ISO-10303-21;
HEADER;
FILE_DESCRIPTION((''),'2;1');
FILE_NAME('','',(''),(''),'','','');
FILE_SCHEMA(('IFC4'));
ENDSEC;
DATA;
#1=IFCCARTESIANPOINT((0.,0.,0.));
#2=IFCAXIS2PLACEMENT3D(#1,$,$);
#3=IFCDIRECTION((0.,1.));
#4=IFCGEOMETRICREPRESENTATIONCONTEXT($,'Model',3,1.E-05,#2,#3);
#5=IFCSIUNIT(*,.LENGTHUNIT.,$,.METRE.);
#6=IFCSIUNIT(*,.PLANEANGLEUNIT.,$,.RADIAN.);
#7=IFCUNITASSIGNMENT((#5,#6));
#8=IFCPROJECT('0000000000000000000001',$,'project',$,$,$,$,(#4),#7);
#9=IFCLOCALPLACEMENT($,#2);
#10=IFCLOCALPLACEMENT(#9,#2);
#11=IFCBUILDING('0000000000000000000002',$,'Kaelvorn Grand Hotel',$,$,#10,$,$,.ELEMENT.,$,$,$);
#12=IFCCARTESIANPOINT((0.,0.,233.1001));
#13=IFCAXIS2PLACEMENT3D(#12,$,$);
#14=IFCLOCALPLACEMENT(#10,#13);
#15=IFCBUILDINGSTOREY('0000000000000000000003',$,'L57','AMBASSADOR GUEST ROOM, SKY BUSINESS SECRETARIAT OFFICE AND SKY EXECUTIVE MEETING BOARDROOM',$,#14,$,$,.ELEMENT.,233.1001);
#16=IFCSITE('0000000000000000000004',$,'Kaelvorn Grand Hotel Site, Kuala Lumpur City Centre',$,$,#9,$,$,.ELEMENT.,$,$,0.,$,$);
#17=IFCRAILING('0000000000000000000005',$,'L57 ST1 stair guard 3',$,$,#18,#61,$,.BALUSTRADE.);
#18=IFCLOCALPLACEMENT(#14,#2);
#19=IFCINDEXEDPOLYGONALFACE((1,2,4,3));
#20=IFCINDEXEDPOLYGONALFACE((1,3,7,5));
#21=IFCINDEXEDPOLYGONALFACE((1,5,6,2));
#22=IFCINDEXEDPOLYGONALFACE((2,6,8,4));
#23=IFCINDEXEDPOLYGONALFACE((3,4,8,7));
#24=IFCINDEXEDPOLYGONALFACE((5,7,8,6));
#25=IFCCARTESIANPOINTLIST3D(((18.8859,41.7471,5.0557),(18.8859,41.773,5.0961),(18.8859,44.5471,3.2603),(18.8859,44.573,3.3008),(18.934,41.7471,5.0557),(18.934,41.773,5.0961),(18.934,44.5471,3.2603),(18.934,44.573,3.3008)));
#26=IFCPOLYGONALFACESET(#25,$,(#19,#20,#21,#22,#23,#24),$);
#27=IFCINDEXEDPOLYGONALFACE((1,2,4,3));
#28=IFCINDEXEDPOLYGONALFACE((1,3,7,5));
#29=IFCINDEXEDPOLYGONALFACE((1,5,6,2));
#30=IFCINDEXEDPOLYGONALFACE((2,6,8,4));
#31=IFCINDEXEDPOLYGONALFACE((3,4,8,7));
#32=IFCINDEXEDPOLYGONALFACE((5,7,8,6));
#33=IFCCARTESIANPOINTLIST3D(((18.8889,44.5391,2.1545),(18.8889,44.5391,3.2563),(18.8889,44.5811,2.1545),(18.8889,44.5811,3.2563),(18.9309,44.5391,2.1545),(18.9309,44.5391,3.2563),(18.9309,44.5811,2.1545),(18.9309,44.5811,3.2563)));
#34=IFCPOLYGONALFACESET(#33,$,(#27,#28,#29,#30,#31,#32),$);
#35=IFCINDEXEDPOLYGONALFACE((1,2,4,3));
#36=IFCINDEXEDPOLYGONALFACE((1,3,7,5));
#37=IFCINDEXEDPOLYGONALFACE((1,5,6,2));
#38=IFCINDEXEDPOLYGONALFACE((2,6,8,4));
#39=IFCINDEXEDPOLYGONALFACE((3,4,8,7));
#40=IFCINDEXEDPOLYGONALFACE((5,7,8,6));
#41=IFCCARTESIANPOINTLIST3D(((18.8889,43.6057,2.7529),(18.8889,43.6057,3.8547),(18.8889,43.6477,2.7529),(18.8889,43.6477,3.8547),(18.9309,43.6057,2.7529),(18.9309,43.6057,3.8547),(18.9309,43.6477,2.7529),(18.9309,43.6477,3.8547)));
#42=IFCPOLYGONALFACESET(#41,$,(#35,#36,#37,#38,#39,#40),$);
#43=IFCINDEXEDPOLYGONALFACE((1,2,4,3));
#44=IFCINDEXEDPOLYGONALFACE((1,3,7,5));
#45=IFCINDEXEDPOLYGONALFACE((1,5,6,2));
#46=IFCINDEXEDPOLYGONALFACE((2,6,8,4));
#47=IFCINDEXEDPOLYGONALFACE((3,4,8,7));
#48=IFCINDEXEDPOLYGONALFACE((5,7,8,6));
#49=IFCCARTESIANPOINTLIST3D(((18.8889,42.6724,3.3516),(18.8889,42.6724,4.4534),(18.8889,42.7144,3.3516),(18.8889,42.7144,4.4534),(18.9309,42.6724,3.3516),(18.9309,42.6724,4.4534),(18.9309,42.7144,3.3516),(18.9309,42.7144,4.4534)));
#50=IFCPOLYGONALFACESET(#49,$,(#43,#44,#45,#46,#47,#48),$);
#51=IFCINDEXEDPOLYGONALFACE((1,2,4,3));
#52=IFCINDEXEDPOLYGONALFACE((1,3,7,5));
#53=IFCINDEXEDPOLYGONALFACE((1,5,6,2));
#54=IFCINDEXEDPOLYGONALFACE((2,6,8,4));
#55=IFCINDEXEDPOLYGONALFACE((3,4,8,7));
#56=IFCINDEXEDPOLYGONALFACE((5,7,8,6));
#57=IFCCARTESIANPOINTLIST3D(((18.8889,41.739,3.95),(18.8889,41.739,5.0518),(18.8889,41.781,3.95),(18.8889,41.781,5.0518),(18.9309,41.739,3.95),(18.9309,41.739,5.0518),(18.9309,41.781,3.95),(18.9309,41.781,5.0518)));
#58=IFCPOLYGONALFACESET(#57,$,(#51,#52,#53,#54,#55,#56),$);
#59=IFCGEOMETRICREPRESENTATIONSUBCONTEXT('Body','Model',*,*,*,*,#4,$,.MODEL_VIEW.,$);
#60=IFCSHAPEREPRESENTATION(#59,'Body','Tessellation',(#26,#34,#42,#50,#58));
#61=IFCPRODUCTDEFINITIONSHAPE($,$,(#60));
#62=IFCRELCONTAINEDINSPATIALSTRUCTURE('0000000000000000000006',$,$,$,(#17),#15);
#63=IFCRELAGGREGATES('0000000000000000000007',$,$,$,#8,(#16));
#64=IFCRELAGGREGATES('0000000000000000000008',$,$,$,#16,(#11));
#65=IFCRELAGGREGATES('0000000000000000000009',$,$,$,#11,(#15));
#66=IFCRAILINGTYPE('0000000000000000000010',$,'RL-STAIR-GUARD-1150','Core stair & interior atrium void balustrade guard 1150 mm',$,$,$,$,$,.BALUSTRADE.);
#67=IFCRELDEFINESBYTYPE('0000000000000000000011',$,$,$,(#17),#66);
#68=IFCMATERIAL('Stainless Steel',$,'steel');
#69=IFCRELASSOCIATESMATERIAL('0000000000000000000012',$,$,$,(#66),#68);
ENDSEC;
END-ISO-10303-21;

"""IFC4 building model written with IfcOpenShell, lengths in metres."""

from ifc_helpers import new_model, si_unit, direction, frame, origin, origin_2d, place, context, subcontext, project, spatial, rectangle, extrude, material, type_object, element, save


model = new_model("IFC4")

# Units and contexts
model_context = context("Model", 3, precision=1e-05, world=origin(), true_north=direction((0.0, 1.0)))
body_context = subcontext(model_context, "Body", "Model", "MODEL_VIEW")
ifc_project = project(units=[si_unit("LENGTHUNIT", "METRE"), si_unit("PLANEANGLEUNIT", "RADIAN")], contexts=[model_context])

# Site, building, storey
site_placement = place(None, origin())
site = spatial("IfcSite", under=ifc_project, at=site_placement, Name="Kaelvorn Grand Hotel Site, Kuala Lumpur City Centre", CompositionType="ELEMENT", RefElevation=0.0)
building_placement = place(site_placement, origin())
building = spatial("IfcBuilding", under=site, at=building_placement, Name="Kaelvorn Grand Hotel", CompositionType="ELEMENT")
storey_placement = place(building_placement, frame((0.0, 0.0, 233.1001)))
storey = spatial("IfcBuildingStorey", under=building, at=storey_placement, Name="L57", Description="AMBASSADOR GUEST ROOM, SKY BUSINESS SECRETARIAT OFFICE AND SKY EXECUTIVE MEETING BOARDROOM", CompositionType="ELEMENT", Elevation=233.1001)

# Railing
ifc_material_1 = material(Name="Stainless Steel", Category="steel")
railing_type_1 = type_object("IfcRailingType", Name="RL-STAIR-GUARD-1150", Description="Core stair & interior atrium void balustrade guard 1150 mm", PredefinedType="BALUSTRADE", material=ifc_material_1)
railing_1_placement = place(storey_placement, frame((18.9099, 44.5601, 2.1545)))
element("IfcRailing", 1, at=railing_1_placement, inside=storey, type_object=railing_type_1, Name="L57 ST1 stair guard 3", PredefinedType="BALUSTRADE", context=body_context, shape_type="SweptSolid", body=[
    extrude(rectangle(XDim=0.0481, YDim=0.0481, at=origin_2d()), frame((0.0, 0.0, 1.126), z_axis=(0.0, -0.84181, 0.539774), x_axis=(1.0, 0.0, 0.0)), (0.0, 0.0, 1.0), 3.3262),
    extrude(rectangle(XDim=0.042, YDim=0.042, at=origin_2d()), origin(), (0.0, 0.0, 1.0), 1.1018),
    extrude(rectangle(XDim=0.042, YDim=0.042, at=origin_2d()), frame((0.0, -0.9333, 0.5984)), (0.0, 0.0, 1.0), 1.1018),
    extrude(rectangle(XDim=0.042, YDim=0.042, at=origin_2d()), frame((0.0, -1.8667, 1.197)), (0.0, 0.0, 1.0), 1.1018),
    extrude(rectangle(XDim=0.042, YDim=0.042, at=origin_2d()), frame((0.0, -2.8, 1.7954)), (0.0, 0.0, 1.0), 1.1018),
])

save(model, "model.ifc")
